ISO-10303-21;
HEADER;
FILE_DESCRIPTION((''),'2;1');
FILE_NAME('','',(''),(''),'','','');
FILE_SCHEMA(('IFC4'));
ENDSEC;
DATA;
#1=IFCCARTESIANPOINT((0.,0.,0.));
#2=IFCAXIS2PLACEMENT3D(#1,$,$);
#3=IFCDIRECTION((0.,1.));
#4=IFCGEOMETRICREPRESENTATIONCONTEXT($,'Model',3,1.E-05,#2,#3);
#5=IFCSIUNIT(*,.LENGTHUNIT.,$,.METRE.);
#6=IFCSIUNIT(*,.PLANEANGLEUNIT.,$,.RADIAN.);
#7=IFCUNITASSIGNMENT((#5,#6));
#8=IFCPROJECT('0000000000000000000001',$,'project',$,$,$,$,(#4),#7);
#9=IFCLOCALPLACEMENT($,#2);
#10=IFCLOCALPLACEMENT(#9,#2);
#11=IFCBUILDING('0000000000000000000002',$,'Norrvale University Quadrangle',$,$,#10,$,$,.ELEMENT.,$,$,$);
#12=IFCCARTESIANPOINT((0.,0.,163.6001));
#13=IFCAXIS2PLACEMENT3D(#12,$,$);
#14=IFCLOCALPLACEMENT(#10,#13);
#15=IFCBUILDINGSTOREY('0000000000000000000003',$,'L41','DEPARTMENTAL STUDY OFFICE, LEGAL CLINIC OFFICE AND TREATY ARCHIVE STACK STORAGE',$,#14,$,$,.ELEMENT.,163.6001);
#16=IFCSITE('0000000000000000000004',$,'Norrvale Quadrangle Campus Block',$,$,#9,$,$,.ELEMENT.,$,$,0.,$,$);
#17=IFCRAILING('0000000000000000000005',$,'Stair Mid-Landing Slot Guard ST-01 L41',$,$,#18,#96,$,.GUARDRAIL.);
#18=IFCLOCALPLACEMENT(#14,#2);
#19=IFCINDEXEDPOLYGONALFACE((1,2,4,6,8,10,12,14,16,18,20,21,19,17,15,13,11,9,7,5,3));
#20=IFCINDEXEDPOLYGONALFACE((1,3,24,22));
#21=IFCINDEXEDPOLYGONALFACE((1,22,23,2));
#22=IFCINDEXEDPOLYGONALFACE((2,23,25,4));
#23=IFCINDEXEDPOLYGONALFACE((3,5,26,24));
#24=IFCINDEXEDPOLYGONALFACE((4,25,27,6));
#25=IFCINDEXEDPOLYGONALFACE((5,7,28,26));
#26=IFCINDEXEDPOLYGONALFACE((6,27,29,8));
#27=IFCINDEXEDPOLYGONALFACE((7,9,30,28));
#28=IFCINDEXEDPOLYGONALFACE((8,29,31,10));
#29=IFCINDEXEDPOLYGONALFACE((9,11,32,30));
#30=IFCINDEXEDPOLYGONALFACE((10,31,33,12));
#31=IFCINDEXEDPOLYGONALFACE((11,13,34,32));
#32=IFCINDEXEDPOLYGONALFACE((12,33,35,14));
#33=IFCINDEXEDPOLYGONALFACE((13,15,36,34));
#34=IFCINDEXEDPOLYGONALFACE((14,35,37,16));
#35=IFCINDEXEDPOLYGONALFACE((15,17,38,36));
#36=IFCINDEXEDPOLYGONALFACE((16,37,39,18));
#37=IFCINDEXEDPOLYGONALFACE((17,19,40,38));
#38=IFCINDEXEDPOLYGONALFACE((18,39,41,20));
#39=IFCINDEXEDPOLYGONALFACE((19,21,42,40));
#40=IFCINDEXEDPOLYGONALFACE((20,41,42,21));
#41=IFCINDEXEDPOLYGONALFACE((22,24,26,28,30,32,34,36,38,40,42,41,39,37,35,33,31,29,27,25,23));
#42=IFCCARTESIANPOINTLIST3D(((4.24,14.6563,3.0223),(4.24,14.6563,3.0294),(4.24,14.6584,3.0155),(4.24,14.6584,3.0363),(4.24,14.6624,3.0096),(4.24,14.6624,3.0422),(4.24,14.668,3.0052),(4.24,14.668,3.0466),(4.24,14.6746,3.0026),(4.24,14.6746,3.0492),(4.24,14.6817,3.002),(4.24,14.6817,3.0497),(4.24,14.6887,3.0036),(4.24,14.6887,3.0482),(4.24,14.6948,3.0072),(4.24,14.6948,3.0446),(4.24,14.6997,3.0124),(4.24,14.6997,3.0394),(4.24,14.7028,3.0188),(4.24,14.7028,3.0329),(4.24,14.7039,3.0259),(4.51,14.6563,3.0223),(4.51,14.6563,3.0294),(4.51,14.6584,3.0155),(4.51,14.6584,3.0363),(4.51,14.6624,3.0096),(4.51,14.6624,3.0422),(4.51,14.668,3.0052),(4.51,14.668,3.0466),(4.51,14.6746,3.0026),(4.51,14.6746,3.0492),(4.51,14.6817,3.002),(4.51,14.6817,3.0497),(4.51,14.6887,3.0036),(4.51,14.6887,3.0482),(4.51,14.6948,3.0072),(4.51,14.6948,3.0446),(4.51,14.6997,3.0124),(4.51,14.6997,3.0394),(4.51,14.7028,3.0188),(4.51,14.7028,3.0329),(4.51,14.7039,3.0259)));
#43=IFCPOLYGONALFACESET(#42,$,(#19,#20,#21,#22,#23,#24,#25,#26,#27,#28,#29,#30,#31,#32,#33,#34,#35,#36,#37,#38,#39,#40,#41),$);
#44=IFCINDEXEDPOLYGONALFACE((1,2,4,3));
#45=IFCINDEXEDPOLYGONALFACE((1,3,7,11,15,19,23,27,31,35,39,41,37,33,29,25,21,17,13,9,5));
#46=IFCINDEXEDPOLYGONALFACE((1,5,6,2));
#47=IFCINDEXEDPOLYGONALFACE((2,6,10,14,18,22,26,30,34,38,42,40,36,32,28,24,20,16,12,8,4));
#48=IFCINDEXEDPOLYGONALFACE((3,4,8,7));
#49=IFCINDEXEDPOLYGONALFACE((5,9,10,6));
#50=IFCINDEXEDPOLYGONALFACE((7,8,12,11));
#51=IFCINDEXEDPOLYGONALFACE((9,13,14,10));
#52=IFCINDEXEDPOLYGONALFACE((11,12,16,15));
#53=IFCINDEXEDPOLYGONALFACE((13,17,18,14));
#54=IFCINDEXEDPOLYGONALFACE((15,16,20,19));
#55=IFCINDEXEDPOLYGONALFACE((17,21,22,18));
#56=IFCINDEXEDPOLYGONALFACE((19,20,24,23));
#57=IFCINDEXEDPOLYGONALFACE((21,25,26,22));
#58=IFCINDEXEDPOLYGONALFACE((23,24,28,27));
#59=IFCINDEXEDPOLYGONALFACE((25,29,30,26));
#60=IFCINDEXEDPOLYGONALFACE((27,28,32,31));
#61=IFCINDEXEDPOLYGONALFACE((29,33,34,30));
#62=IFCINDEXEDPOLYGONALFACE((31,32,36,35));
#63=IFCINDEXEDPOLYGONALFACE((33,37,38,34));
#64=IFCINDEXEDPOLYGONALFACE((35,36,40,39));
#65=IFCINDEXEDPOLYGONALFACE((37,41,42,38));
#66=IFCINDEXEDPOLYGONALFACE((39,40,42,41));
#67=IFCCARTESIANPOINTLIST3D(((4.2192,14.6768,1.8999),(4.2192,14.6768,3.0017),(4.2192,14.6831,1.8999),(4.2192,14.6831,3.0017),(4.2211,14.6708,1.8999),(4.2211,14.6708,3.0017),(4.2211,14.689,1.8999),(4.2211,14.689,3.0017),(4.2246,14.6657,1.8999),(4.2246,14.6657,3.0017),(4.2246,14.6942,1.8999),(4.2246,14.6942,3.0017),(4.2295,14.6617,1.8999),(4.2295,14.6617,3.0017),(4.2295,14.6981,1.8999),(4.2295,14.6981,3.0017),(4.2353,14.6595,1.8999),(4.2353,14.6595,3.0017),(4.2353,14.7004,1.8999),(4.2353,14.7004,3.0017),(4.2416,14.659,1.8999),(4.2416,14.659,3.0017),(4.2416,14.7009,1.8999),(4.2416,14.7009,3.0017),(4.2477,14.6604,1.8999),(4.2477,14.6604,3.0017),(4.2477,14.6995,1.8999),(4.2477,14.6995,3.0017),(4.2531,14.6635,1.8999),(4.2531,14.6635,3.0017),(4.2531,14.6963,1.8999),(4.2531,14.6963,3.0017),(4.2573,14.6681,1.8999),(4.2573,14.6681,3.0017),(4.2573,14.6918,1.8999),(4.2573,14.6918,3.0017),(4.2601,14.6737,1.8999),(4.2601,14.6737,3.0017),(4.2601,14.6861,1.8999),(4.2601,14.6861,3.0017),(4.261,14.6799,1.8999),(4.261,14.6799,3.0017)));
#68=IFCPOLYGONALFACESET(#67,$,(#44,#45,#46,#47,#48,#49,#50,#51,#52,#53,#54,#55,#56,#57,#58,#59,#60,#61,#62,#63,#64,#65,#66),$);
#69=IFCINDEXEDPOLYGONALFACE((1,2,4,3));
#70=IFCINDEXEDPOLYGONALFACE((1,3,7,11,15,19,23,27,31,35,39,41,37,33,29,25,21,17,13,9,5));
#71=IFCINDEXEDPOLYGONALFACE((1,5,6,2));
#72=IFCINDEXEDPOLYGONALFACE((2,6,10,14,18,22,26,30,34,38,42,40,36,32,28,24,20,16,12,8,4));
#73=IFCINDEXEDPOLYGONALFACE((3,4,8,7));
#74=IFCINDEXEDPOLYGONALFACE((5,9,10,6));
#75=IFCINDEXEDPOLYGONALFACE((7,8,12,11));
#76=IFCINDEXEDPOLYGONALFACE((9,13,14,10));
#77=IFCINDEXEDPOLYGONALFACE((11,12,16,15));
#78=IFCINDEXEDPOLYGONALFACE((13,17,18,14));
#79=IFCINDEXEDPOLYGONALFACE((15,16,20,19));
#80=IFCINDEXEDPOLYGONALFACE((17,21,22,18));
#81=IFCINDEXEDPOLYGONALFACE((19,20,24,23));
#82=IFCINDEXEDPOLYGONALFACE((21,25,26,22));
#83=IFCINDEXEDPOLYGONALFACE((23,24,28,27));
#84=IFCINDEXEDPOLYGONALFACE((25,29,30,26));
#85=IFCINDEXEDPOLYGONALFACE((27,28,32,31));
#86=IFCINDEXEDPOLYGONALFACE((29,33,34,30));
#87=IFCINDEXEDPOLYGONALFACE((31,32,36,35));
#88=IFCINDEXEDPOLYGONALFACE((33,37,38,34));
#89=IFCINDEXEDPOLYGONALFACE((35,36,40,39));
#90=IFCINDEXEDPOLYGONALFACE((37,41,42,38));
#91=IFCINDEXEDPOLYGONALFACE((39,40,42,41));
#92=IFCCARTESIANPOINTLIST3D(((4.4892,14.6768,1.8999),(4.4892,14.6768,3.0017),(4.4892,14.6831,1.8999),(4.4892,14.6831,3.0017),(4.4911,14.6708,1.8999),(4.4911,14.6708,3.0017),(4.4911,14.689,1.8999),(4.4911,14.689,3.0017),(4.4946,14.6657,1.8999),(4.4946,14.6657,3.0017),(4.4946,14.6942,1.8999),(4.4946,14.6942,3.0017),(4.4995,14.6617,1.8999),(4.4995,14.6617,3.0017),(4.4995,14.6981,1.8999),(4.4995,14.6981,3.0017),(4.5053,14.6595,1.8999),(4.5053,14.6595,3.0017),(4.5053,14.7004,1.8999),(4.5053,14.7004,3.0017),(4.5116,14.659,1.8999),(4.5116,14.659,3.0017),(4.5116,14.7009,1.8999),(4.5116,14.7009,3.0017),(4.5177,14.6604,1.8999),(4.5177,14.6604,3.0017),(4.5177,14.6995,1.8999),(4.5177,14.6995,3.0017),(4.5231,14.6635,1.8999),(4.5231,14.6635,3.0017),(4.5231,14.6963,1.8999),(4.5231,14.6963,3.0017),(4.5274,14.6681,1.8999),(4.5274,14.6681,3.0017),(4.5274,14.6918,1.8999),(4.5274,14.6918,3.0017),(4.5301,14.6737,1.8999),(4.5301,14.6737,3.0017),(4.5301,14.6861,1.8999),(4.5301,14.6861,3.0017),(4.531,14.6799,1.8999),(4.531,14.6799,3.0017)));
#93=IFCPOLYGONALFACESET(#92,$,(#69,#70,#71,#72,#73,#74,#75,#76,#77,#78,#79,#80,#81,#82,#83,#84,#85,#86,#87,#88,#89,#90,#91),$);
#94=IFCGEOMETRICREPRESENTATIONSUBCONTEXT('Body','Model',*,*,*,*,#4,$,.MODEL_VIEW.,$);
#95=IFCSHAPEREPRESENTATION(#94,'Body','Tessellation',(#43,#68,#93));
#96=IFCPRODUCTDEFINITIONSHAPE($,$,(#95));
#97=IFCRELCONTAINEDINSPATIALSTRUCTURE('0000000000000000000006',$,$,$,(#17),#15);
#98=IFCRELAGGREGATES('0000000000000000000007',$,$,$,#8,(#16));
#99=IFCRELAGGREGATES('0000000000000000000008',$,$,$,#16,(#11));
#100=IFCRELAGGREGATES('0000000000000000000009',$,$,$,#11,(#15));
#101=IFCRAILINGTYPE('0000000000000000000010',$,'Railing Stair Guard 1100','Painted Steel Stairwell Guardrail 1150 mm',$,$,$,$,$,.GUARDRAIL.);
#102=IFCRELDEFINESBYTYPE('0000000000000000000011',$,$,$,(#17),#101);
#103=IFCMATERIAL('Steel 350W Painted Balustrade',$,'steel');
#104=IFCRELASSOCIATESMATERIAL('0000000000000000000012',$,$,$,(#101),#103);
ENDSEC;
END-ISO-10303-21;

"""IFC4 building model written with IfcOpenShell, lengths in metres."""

from ifc_helpers import new_model, si_unit, direction, frame, origin, origin_2d, place, context, subcontext, project, spatial, circle, extrude, material, type_object, element, save


model = new_model("IFC4")

# Units and contexts
model_context = context("Model", 3, precision=1e-05, world=origin(), true_north=direction((0.0, 1.0)))
body_context = subcontext(model_context, "Body", "Model", "MODEL_VIEW")
ifc_project = project(units=[si_unit("LENGTHUNIT", "METRE"), si_unit("PLANEANGLEUNIT", "RADIAN")], contexts=[model_context])

# Site, building, storey
site_placement = place(None, origin())
site = spatial("IfcSite", under=ifc_project, at=site_placement, Name="Norrvale Quadrangle Campus Block", CompositionType="ELEMENT", RefElevation=0.0)
building_placement = place(site_placement, origin())
building = spatial("IfcBuilding", under=site, at=building_placement, Name="Norrvale University Quadrangle", CompositionType="ELEMENT")
storey_placement = place(building_placement, frame((0.0, 0.0, 163.6001)))
storey = spatial("IfcBuildingStorey", under=building, at=storey_placement, Name="L41", Description="DEPARTMENTAL STUDY OFFICE, LEGAL CLINIC OFFICE AND TREATY ARCHIVE STACK STORAGE", CompositionType="ELEMENT", Elevation=163.6001)

# Railing
ifc_material_1 = material(Name="Steel 350W Painted Balustrade", Category="steel")
railing_type_1 = type_object("IfcRailingType", Name="Railing Stair Guard 1100", Description="Painted Steel Stairwell Guardrail 1150 mm", PredefinedType="GUARDRAIL", material=ifc_material_1)
for number, where, name in (
    (1, (4.24, 14.6799, 1.8999), "Stair Mid-Landing Slot Guard ST-01 L41"),
):
    element("IfcRailing", number, at=place(storey_placement, frame(where)), inside=storey, type_object=railing_type_1, Name=name, PredefinedType="GUARDRAIL", context=body_context, shape_type="SweptSolid", body=[
        extrude(circle(Radius=0.0239, at=origin_2d()), frame((0.0, 0.0, 1.126), z_axis=(1.0, 0.0, 0.0), x_axis=(0.0, 1.0, 0.0)), (0.0, 0.0, 1.0), 0.27),
        extrude(circle(Radius=0.021, at=origin_2d()), origin(), (0.0, 0.0, 1.0), 1.1018),
        extrude(circle(Radius=0.021, at=origin_2d()), frame((0.27, 0.0, 0.0)), (0.0, 0.0, 1.0), 1.1018),
    ])

save(model, "model.ifc")
